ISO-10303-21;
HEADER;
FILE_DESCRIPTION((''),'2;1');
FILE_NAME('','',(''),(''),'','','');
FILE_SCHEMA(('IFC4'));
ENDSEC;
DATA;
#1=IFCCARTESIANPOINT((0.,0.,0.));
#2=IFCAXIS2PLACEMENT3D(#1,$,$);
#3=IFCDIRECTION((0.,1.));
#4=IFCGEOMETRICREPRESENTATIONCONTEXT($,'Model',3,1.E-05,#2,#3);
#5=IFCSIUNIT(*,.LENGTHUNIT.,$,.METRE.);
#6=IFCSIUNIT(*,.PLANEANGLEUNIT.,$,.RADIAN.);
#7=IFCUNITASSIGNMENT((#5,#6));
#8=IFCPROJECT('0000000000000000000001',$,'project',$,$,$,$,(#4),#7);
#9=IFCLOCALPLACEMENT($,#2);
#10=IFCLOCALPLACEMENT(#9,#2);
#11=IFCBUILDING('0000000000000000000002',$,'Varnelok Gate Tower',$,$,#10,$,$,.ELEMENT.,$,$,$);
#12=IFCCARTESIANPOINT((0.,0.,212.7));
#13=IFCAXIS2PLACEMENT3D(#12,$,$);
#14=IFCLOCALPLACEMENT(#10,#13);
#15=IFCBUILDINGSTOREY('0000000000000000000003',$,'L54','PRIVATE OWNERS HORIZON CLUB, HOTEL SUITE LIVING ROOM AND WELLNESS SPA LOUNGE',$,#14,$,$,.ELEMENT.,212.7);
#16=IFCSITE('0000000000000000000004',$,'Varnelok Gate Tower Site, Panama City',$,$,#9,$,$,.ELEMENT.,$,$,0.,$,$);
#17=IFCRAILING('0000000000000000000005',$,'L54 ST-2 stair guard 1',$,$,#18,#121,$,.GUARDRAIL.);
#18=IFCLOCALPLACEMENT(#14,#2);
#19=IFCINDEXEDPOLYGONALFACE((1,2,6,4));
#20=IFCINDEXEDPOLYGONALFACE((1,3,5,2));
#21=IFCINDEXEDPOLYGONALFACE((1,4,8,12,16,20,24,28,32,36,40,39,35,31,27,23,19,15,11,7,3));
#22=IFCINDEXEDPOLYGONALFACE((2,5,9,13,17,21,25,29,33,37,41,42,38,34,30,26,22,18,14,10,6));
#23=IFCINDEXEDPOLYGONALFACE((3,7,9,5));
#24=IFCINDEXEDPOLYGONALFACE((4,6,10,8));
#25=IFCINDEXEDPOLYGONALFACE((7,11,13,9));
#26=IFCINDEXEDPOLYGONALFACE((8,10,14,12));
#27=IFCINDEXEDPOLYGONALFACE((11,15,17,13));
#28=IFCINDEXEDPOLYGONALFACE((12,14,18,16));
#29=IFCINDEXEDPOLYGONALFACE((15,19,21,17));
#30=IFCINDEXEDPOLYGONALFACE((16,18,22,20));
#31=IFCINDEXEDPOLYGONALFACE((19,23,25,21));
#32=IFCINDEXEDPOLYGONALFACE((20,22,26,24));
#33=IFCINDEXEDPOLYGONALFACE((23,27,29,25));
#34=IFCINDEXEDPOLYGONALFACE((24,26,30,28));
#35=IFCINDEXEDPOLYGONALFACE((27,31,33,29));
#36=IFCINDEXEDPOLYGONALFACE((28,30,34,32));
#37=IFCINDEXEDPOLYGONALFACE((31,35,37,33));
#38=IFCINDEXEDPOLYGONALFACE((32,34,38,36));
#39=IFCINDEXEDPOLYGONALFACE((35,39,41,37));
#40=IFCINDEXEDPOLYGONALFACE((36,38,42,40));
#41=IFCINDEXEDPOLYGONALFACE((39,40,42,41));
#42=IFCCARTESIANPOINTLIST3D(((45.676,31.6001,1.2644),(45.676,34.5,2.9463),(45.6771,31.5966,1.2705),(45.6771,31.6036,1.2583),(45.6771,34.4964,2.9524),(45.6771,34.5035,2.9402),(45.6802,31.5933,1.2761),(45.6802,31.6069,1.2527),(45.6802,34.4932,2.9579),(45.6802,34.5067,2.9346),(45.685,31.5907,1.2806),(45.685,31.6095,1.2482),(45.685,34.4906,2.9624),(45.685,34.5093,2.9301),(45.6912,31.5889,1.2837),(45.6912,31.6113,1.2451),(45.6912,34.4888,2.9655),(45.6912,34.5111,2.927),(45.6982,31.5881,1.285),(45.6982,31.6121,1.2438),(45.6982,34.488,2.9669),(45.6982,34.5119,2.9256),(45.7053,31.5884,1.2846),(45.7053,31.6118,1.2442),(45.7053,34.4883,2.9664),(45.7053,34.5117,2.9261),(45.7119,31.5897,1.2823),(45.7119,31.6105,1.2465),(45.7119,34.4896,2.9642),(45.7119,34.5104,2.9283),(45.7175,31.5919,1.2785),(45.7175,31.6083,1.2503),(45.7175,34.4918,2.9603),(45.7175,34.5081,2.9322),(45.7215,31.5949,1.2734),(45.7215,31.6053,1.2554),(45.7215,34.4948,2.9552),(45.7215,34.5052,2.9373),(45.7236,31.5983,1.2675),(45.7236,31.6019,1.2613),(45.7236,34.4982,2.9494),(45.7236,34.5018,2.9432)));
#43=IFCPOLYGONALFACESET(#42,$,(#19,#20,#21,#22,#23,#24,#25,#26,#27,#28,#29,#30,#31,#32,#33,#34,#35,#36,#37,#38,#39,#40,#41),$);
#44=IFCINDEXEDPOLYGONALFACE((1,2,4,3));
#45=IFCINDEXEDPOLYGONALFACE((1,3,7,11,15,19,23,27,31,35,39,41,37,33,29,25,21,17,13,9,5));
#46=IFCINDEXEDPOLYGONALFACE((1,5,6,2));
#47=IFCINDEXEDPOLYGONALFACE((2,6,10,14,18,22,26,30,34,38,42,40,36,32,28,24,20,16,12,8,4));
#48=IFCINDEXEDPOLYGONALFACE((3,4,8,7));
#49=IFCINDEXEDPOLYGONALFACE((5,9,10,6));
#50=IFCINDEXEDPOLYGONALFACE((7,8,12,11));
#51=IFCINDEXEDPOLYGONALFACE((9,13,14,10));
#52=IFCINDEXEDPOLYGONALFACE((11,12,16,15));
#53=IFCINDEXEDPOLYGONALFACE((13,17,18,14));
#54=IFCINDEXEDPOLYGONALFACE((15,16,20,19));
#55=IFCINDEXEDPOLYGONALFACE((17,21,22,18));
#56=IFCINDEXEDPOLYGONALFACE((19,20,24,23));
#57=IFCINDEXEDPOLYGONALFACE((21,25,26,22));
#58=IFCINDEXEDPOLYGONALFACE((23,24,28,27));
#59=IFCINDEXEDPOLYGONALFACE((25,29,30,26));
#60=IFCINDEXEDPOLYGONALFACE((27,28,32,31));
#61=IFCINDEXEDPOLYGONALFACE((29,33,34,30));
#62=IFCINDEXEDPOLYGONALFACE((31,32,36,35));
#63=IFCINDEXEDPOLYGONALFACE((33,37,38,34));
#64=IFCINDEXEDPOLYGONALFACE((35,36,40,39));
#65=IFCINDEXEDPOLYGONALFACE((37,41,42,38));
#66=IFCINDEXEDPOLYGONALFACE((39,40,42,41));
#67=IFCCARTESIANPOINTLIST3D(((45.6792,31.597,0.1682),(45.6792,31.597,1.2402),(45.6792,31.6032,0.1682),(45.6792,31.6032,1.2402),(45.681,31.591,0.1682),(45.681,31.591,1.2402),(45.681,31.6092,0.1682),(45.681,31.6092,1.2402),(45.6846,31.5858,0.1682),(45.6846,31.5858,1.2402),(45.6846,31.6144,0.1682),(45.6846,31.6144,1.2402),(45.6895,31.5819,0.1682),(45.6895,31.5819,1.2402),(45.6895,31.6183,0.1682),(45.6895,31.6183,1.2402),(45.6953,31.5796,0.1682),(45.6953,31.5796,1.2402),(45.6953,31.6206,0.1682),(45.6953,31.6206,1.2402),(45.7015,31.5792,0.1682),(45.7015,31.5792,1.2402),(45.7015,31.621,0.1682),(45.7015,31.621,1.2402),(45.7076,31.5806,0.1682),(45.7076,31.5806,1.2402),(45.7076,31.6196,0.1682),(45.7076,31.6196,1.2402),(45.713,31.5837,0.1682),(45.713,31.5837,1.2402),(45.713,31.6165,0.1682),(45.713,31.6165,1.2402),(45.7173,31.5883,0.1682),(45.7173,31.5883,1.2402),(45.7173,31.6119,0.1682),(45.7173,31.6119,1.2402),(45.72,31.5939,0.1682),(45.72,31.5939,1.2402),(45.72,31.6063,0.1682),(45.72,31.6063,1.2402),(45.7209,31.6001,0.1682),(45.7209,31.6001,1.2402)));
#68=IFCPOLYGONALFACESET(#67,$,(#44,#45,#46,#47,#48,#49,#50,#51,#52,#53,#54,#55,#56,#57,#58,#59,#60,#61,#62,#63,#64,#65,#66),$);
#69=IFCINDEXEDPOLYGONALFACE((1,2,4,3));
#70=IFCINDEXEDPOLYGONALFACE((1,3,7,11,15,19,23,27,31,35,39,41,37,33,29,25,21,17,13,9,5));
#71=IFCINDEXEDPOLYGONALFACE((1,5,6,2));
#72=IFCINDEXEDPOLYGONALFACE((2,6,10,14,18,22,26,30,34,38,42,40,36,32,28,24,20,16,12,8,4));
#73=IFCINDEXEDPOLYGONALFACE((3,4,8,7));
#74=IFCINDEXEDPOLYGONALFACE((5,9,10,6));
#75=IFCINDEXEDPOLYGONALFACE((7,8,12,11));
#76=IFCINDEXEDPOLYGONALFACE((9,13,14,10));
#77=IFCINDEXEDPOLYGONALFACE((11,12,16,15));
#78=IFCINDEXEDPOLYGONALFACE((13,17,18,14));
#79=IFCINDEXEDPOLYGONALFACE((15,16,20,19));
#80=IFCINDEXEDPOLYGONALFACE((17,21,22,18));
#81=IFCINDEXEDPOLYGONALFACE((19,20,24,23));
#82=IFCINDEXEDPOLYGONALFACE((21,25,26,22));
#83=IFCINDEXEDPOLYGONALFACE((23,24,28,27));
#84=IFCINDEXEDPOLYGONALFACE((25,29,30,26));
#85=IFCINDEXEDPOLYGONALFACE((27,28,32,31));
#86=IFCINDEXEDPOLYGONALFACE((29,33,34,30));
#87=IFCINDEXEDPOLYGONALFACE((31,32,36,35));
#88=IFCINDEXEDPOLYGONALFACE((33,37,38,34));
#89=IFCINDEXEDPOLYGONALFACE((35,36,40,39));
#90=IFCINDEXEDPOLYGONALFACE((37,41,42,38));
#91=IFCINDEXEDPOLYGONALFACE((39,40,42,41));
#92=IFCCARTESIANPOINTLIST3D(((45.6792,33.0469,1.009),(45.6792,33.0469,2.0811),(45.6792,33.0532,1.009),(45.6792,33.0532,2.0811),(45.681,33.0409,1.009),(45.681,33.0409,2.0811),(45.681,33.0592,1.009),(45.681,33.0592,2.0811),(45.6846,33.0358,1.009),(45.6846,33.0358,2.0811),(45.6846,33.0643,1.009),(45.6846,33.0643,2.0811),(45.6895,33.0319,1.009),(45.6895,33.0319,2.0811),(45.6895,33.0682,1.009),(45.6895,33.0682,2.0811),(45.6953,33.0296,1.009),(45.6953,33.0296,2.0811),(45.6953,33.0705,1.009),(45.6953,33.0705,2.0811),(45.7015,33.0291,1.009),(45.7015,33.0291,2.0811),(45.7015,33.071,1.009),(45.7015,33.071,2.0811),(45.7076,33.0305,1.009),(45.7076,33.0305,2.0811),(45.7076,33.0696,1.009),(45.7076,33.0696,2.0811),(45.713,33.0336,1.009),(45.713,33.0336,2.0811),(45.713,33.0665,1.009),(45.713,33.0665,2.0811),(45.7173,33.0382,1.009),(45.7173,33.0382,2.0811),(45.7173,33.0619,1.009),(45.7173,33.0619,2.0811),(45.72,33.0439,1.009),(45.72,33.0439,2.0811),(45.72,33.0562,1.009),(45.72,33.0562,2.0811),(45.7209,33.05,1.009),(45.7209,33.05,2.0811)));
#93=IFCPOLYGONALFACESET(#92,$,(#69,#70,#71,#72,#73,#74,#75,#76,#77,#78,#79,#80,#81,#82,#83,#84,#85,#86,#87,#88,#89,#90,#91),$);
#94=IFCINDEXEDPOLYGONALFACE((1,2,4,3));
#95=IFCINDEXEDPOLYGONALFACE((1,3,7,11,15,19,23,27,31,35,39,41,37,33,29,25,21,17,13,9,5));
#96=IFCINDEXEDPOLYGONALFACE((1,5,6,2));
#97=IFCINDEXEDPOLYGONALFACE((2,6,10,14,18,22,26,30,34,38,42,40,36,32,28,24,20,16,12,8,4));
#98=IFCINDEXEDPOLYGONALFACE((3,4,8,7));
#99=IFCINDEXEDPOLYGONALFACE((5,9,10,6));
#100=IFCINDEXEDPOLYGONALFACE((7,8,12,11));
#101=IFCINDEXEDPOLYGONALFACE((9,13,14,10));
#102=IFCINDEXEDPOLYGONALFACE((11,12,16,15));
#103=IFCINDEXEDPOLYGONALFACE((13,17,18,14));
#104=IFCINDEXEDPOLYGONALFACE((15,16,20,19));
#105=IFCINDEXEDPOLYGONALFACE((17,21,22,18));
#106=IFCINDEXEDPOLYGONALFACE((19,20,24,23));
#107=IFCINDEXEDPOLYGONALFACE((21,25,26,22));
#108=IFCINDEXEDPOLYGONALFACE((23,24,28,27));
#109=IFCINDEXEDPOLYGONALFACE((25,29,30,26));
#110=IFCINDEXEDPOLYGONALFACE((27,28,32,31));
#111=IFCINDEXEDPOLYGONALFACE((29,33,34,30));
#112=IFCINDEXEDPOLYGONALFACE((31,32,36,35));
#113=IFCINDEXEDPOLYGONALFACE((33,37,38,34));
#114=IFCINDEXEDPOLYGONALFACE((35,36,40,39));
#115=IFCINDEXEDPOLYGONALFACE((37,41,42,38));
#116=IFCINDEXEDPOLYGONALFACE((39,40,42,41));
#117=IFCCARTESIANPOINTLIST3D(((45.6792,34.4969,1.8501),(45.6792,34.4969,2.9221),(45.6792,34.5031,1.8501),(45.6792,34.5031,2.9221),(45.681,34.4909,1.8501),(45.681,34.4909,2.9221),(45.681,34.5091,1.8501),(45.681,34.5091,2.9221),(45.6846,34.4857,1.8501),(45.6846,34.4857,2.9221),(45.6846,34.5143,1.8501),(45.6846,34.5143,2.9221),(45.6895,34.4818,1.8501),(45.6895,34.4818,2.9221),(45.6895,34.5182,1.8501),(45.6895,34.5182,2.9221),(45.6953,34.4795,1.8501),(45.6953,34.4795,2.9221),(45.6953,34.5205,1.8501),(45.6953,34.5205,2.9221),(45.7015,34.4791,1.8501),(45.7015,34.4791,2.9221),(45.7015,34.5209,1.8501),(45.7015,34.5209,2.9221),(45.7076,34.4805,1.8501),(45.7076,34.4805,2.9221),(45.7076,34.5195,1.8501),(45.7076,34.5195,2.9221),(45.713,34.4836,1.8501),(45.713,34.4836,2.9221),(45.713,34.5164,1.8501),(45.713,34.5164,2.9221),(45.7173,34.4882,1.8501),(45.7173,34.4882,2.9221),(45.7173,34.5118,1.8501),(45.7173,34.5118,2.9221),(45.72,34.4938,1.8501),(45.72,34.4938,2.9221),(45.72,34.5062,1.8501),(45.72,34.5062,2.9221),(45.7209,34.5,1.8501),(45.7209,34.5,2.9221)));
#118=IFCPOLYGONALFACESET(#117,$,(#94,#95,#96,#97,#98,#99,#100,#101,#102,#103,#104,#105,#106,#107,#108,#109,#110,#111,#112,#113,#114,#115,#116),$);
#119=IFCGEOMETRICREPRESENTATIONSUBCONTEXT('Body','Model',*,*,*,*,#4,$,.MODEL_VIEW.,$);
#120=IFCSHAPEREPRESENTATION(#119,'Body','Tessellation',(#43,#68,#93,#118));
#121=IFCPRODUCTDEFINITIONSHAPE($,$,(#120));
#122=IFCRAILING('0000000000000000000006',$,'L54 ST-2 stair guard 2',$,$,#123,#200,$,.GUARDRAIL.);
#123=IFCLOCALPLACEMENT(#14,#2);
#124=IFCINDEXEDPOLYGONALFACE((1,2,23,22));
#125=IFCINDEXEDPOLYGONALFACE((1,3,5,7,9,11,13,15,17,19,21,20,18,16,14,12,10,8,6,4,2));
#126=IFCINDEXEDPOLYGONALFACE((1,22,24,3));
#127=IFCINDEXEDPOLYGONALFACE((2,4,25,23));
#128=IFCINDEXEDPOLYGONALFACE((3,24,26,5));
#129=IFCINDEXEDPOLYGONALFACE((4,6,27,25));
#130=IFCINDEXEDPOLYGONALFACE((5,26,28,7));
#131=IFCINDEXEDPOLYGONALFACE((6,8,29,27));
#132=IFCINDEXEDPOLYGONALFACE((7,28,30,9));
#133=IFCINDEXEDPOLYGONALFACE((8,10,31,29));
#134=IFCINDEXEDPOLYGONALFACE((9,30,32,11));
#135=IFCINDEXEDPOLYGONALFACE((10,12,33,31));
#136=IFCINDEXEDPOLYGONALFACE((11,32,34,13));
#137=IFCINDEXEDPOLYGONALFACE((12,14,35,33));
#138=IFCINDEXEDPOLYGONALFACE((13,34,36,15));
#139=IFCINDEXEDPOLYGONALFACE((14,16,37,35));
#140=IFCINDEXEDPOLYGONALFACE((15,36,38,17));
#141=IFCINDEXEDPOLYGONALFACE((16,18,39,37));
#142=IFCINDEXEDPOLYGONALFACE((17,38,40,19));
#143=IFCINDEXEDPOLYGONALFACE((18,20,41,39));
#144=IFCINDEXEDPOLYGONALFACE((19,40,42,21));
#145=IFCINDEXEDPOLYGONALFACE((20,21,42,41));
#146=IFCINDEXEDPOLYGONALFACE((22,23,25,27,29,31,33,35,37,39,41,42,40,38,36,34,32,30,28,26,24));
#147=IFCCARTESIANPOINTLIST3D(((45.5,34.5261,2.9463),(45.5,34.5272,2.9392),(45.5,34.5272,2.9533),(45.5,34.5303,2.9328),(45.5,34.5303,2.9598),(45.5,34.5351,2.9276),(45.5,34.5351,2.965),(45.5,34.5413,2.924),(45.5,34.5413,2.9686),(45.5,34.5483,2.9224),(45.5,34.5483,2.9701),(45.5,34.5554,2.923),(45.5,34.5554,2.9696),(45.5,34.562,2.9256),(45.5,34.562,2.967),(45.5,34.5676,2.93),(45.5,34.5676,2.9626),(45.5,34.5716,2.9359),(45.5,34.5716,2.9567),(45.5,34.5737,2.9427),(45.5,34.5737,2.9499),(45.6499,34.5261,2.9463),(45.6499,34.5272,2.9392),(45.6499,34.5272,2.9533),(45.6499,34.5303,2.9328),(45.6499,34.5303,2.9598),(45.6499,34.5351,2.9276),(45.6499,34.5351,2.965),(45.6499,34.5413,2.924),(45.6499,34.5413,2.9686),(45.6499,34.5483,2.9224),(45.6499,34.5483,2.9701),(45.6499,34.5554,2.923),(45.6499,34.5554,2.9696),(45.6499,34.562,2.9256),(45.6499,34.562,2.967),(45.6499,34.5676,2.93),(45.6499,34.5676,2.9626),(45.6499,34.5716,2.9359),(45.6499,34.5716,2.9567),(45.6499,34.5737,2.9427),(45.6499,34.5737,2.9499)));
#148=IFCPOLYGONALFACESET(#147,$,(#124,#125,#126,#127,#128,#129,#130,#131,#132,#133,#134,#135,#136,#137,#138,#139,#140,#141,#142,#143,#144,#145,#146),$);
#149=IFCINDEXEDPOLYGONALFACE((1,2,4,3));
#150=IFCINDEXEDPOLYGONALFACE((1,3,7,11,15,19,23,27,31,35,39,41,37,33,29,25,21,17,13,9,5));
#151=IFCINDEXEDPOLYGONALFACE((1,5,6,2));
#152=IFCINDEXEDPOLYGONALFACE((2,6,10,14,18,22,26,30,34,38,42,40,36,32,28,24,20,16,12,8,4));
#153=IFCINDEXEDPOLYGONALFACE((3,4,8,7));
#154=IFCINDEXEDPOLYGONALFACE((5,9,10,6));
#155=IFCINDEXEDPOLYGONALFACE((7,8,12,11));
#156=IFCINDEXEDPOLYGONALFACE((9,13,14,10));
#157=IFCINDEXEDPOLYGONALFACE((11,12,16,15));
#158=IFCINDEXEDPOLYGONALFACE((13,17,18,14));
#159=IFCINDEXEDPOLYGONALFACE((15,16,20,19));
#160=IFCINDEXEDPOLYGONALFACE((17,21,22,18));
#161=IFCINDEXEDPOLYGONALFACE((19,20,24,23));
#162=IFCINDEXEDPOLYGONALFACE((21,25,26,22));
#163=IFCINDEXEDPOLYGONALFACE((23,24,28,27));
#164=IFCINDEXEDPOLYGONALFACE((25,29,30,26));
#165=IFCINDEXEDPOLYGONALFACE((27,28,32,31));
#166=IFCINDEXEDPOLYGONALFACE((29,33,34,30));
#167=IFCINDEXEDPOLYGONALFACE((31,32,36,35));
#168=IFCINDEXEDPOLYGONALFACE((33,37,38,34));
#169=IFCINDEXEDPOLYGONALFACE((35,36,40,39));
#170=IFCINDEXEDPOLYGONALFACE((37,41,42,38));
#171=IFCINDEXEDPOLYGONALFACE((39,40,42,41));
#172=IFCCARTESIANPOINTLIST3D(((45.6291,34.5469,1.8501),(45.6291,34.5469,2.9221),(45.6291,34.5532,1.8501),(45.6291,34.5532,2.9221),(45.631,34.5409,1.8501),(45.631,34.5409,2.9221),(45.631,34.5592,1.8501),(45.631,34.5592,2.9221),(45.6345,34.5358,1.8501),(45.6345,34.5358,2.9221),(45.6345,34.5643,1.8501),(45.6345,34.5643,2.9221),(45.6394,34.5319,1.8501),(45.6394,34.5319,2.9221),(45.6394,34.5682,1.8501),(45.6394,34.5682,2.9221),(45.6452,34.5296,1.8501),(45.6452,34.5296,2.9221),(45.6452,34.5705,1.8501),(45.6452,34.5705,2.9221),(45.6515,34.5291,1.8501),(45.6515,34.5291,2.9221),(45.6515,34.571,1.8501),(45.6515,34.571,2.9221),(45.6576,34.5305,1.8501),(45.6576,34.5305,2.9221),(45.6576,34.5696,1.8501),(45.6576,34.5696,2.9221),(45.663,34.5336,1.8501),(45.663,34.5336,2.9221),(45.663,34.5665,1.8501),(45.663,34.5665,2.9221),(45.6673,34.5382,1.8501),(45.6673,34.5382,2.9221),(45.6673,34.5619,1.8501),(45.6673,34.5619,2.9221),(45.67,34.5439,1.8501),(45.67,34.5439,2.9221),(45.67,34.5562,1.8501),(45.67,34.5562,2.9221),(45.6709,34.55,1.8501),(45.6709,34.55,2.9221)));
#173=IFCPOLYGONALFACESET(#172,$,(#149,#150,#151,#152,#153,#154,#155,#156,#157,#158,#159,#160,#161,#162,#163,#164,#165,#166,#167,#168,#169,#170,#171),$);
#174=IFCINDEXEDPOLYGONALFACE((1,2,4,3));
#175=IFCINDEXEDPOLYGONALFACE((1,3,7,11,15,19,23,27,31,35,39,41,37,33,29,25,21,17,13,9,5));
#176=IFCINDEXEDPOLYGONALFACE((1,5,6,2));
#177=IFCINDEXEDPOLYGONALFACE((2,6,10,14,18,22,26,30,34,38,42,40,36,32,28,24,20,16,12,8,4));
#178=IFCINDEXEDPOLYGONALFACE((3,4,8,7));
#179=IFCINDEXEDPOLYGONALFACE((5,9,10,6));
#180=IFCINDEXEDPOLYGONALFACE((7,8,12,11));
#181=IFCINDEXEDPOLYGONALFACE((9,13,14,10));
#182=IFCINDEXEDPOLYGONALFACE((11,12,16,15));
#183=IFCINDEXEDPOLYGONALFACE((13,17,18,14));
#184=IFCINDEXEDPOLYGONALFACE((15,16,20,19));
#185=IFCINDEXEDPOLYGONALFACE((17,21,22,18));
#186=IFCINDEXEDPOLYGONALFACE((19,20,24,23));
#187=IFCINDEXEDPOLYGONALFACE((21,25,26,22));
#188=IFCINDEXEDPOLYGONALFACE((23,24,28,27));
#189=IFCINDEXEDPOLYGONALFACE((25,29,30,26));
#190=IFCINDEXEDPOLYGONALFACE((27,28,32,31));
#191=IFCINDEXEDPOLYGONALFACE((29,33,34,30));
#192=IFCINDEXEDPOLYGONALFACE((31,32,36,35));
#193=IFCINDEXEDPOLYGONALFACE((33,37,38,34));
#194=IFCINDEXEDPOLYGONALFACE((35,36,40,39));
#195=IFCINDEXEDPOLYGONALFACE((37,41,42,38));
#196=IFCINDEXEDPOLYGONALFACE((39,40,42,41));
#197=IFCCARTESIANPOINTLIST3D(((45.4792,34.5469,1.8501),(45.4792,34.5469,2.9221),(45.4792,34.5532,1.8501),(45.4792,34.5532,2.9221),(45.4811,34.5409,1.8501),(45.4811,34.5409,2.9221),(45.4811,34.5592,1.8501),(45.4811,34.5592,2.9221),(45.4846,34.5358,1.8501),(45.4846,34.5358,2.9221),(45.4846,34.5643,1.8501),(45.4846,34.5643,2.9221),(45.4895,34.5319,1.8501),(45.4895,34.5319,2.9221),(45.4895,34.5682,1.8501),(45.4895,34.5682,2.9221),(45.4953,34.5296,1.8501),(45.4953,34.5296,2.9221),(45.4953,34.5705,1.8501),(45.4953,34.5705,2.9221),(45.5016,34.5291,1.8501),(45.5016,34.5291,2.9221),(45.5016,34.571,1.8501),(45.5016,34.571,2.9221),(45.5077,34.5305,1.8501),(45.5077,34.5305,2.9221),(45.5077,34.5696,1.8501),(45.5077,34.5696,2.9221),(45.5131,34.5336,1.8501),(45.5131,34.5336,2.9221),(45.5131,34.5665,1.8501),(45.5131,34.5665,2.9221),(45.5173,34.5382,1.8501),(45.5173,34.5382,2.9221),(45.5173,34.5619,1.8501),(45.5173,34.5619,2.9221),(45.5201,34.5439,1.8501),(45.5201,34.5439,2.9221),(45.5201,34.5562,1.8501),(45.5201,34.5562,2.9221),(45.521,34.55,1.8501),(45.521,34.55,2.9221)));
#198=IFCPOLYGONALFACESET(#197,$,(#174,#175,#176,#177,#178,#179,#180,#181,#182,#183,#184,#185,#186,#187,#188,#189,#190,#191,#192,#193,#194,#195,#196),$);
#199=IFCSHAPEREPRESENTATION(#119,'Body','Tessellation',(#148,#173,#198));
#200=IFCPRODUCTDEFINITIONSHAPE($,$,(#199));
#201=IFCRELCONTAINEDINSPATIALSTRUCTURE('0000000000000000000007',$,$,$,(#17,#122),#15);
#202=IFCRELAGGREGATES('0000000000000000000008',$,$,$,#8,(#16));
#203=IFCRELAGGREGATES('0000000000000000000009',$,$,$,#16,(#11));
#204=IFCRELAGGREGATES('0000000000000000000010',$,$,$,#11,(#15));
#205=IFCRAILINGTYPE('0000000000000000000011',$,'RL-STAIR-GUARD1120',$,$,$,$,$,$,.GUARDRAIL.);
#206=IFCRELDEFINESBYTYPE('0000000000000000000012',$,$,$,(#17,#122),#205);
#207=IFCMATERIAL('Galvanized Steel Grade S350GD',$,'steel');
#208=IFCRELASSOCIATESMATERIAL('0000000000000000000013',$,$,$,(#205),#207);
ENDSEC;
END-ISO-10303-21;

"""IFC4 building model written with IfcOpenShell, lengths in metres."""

from ifc_helpers import new_model, si_unit, direction, frame, origin, origin_2d, place, context, subcontext, project, spatial, circle, extrude, material, type_object, element, save


model = new_model("IFC4")

# Units and contexts
model_context = context("Model", 3, precision=1e-05, world=origin(), true_north=direction((0.0, 1.0)))
body_context = subcontext(model_context, "Body", "Model", "MODEL_VIEW")
ifc_project = project(units=[si_unit("LENGTHUNIT", "METRE"), si_unit("PLANEANGLEUNIT", "RADIAN")], contexts=[model_context])

# Site, building, storey
site_placement = place(None, origin())
site = spatial("IfcSite", under=ifc_project, at=site_placement, Name="Varnelok Gate Tower Site, Panama City", CompositionType="ELEMENT", RefElevation=0.0)
building_placement = place(site_placement, origin())
building = spatial("IfcBuilding", under=site, at=building_placement, Name="Varnelok Gate Tower", CompositionType="ELEMENT")
storey_placement = place(building_placement, frame((0.0, 0.0, 212.7)))
storey = spatial("IfcBuildingStorey", under=building, at=storey_placement, Name="L54", Description="PRIVATE OWNERS HORIZON CLUB, HOTEL SUITE LIVING ROOM AND WELLNESS SPA LOUNGE", CompositionType="ELEMENT", Elevation=212.7)

# Shared definitions
ifc_material_1 = material(Name="Galvanized Steel Grade S350GD", Category="steel")

# Railings
railing_type_1 = type_object("IfcRailingType", Name="RL-STAIR-GUARD1120", PredefinedType="GUARDRAIL", material=ifc_material_1)
railing_1_placement = place(storey_placement, frame((45.7, 31.6001, 0.1682)))
element("IfcRailing", 1, at=railing_1_placement, inside=storey, type_object=railing_type_1, Name="L54 ST-2 stair guard 1", PredefinedType="GUARDRAIL", context=body_context, shape_type="SweptSolid", body=[
    extrude(circle(Radius=0.0239, at=origin_2d()), frame((0.0, 0.0, 1.0962), z_axis=(0.0, 0.865039, 0.501705), x_axis=(-1.0, 0.0, 0.0)), (0.0, 0.0, 1.0), 3.3523),
    extrude(circle(Radius=0.021, at=origin_2d()), origin(), (0.0, 0.0, 1.0), 1.072),
    extrude(circle(Radius=0.021, at=origin_2d()), frame((0.0, 1.45, 0.8408)), (0.0, 0.0, 1.0), 1.072),
    extrude(circle(Radius=0.021, at=origin_2d()), frame((0.0, 2.8999, 1.6819)), (0.0, 0.0, 1.0), 1.072),
])
railing_2_placement = place(storey_placement, frame((45.6499, 34.55, 1.8501)))
element("IfcRailing", 2, at=railing_2_placement, inside=storey, type_object=railing_type_1, Name="L54 ST-2 stair guard 2", PredefinedType="GUARDRAIL", context=body_context, shape_type="SweptSolid", body=[
    extrude(circle(Radius=0.0239, at=origin_2d()), frame((0.0, 0.0, 1.0962), z_axis=(-1.0, 0.0, 0.0), x_axis=(0.0, -1.0, 0.0)), (0.0, 0.0, 1.0), 0.1499),
    extrude(circle(Radius=0.021, at=origin_2d()), origin(), (0.0, 0.0, 1.0), 1.072),
    extrude(circle(Radius=0.021, at=origin_2d()), frame((-0.1499, 0.0, 0.0)), (0.0, 0.0, 1.0), 1.072),
])

save(model, "model.ifc")
